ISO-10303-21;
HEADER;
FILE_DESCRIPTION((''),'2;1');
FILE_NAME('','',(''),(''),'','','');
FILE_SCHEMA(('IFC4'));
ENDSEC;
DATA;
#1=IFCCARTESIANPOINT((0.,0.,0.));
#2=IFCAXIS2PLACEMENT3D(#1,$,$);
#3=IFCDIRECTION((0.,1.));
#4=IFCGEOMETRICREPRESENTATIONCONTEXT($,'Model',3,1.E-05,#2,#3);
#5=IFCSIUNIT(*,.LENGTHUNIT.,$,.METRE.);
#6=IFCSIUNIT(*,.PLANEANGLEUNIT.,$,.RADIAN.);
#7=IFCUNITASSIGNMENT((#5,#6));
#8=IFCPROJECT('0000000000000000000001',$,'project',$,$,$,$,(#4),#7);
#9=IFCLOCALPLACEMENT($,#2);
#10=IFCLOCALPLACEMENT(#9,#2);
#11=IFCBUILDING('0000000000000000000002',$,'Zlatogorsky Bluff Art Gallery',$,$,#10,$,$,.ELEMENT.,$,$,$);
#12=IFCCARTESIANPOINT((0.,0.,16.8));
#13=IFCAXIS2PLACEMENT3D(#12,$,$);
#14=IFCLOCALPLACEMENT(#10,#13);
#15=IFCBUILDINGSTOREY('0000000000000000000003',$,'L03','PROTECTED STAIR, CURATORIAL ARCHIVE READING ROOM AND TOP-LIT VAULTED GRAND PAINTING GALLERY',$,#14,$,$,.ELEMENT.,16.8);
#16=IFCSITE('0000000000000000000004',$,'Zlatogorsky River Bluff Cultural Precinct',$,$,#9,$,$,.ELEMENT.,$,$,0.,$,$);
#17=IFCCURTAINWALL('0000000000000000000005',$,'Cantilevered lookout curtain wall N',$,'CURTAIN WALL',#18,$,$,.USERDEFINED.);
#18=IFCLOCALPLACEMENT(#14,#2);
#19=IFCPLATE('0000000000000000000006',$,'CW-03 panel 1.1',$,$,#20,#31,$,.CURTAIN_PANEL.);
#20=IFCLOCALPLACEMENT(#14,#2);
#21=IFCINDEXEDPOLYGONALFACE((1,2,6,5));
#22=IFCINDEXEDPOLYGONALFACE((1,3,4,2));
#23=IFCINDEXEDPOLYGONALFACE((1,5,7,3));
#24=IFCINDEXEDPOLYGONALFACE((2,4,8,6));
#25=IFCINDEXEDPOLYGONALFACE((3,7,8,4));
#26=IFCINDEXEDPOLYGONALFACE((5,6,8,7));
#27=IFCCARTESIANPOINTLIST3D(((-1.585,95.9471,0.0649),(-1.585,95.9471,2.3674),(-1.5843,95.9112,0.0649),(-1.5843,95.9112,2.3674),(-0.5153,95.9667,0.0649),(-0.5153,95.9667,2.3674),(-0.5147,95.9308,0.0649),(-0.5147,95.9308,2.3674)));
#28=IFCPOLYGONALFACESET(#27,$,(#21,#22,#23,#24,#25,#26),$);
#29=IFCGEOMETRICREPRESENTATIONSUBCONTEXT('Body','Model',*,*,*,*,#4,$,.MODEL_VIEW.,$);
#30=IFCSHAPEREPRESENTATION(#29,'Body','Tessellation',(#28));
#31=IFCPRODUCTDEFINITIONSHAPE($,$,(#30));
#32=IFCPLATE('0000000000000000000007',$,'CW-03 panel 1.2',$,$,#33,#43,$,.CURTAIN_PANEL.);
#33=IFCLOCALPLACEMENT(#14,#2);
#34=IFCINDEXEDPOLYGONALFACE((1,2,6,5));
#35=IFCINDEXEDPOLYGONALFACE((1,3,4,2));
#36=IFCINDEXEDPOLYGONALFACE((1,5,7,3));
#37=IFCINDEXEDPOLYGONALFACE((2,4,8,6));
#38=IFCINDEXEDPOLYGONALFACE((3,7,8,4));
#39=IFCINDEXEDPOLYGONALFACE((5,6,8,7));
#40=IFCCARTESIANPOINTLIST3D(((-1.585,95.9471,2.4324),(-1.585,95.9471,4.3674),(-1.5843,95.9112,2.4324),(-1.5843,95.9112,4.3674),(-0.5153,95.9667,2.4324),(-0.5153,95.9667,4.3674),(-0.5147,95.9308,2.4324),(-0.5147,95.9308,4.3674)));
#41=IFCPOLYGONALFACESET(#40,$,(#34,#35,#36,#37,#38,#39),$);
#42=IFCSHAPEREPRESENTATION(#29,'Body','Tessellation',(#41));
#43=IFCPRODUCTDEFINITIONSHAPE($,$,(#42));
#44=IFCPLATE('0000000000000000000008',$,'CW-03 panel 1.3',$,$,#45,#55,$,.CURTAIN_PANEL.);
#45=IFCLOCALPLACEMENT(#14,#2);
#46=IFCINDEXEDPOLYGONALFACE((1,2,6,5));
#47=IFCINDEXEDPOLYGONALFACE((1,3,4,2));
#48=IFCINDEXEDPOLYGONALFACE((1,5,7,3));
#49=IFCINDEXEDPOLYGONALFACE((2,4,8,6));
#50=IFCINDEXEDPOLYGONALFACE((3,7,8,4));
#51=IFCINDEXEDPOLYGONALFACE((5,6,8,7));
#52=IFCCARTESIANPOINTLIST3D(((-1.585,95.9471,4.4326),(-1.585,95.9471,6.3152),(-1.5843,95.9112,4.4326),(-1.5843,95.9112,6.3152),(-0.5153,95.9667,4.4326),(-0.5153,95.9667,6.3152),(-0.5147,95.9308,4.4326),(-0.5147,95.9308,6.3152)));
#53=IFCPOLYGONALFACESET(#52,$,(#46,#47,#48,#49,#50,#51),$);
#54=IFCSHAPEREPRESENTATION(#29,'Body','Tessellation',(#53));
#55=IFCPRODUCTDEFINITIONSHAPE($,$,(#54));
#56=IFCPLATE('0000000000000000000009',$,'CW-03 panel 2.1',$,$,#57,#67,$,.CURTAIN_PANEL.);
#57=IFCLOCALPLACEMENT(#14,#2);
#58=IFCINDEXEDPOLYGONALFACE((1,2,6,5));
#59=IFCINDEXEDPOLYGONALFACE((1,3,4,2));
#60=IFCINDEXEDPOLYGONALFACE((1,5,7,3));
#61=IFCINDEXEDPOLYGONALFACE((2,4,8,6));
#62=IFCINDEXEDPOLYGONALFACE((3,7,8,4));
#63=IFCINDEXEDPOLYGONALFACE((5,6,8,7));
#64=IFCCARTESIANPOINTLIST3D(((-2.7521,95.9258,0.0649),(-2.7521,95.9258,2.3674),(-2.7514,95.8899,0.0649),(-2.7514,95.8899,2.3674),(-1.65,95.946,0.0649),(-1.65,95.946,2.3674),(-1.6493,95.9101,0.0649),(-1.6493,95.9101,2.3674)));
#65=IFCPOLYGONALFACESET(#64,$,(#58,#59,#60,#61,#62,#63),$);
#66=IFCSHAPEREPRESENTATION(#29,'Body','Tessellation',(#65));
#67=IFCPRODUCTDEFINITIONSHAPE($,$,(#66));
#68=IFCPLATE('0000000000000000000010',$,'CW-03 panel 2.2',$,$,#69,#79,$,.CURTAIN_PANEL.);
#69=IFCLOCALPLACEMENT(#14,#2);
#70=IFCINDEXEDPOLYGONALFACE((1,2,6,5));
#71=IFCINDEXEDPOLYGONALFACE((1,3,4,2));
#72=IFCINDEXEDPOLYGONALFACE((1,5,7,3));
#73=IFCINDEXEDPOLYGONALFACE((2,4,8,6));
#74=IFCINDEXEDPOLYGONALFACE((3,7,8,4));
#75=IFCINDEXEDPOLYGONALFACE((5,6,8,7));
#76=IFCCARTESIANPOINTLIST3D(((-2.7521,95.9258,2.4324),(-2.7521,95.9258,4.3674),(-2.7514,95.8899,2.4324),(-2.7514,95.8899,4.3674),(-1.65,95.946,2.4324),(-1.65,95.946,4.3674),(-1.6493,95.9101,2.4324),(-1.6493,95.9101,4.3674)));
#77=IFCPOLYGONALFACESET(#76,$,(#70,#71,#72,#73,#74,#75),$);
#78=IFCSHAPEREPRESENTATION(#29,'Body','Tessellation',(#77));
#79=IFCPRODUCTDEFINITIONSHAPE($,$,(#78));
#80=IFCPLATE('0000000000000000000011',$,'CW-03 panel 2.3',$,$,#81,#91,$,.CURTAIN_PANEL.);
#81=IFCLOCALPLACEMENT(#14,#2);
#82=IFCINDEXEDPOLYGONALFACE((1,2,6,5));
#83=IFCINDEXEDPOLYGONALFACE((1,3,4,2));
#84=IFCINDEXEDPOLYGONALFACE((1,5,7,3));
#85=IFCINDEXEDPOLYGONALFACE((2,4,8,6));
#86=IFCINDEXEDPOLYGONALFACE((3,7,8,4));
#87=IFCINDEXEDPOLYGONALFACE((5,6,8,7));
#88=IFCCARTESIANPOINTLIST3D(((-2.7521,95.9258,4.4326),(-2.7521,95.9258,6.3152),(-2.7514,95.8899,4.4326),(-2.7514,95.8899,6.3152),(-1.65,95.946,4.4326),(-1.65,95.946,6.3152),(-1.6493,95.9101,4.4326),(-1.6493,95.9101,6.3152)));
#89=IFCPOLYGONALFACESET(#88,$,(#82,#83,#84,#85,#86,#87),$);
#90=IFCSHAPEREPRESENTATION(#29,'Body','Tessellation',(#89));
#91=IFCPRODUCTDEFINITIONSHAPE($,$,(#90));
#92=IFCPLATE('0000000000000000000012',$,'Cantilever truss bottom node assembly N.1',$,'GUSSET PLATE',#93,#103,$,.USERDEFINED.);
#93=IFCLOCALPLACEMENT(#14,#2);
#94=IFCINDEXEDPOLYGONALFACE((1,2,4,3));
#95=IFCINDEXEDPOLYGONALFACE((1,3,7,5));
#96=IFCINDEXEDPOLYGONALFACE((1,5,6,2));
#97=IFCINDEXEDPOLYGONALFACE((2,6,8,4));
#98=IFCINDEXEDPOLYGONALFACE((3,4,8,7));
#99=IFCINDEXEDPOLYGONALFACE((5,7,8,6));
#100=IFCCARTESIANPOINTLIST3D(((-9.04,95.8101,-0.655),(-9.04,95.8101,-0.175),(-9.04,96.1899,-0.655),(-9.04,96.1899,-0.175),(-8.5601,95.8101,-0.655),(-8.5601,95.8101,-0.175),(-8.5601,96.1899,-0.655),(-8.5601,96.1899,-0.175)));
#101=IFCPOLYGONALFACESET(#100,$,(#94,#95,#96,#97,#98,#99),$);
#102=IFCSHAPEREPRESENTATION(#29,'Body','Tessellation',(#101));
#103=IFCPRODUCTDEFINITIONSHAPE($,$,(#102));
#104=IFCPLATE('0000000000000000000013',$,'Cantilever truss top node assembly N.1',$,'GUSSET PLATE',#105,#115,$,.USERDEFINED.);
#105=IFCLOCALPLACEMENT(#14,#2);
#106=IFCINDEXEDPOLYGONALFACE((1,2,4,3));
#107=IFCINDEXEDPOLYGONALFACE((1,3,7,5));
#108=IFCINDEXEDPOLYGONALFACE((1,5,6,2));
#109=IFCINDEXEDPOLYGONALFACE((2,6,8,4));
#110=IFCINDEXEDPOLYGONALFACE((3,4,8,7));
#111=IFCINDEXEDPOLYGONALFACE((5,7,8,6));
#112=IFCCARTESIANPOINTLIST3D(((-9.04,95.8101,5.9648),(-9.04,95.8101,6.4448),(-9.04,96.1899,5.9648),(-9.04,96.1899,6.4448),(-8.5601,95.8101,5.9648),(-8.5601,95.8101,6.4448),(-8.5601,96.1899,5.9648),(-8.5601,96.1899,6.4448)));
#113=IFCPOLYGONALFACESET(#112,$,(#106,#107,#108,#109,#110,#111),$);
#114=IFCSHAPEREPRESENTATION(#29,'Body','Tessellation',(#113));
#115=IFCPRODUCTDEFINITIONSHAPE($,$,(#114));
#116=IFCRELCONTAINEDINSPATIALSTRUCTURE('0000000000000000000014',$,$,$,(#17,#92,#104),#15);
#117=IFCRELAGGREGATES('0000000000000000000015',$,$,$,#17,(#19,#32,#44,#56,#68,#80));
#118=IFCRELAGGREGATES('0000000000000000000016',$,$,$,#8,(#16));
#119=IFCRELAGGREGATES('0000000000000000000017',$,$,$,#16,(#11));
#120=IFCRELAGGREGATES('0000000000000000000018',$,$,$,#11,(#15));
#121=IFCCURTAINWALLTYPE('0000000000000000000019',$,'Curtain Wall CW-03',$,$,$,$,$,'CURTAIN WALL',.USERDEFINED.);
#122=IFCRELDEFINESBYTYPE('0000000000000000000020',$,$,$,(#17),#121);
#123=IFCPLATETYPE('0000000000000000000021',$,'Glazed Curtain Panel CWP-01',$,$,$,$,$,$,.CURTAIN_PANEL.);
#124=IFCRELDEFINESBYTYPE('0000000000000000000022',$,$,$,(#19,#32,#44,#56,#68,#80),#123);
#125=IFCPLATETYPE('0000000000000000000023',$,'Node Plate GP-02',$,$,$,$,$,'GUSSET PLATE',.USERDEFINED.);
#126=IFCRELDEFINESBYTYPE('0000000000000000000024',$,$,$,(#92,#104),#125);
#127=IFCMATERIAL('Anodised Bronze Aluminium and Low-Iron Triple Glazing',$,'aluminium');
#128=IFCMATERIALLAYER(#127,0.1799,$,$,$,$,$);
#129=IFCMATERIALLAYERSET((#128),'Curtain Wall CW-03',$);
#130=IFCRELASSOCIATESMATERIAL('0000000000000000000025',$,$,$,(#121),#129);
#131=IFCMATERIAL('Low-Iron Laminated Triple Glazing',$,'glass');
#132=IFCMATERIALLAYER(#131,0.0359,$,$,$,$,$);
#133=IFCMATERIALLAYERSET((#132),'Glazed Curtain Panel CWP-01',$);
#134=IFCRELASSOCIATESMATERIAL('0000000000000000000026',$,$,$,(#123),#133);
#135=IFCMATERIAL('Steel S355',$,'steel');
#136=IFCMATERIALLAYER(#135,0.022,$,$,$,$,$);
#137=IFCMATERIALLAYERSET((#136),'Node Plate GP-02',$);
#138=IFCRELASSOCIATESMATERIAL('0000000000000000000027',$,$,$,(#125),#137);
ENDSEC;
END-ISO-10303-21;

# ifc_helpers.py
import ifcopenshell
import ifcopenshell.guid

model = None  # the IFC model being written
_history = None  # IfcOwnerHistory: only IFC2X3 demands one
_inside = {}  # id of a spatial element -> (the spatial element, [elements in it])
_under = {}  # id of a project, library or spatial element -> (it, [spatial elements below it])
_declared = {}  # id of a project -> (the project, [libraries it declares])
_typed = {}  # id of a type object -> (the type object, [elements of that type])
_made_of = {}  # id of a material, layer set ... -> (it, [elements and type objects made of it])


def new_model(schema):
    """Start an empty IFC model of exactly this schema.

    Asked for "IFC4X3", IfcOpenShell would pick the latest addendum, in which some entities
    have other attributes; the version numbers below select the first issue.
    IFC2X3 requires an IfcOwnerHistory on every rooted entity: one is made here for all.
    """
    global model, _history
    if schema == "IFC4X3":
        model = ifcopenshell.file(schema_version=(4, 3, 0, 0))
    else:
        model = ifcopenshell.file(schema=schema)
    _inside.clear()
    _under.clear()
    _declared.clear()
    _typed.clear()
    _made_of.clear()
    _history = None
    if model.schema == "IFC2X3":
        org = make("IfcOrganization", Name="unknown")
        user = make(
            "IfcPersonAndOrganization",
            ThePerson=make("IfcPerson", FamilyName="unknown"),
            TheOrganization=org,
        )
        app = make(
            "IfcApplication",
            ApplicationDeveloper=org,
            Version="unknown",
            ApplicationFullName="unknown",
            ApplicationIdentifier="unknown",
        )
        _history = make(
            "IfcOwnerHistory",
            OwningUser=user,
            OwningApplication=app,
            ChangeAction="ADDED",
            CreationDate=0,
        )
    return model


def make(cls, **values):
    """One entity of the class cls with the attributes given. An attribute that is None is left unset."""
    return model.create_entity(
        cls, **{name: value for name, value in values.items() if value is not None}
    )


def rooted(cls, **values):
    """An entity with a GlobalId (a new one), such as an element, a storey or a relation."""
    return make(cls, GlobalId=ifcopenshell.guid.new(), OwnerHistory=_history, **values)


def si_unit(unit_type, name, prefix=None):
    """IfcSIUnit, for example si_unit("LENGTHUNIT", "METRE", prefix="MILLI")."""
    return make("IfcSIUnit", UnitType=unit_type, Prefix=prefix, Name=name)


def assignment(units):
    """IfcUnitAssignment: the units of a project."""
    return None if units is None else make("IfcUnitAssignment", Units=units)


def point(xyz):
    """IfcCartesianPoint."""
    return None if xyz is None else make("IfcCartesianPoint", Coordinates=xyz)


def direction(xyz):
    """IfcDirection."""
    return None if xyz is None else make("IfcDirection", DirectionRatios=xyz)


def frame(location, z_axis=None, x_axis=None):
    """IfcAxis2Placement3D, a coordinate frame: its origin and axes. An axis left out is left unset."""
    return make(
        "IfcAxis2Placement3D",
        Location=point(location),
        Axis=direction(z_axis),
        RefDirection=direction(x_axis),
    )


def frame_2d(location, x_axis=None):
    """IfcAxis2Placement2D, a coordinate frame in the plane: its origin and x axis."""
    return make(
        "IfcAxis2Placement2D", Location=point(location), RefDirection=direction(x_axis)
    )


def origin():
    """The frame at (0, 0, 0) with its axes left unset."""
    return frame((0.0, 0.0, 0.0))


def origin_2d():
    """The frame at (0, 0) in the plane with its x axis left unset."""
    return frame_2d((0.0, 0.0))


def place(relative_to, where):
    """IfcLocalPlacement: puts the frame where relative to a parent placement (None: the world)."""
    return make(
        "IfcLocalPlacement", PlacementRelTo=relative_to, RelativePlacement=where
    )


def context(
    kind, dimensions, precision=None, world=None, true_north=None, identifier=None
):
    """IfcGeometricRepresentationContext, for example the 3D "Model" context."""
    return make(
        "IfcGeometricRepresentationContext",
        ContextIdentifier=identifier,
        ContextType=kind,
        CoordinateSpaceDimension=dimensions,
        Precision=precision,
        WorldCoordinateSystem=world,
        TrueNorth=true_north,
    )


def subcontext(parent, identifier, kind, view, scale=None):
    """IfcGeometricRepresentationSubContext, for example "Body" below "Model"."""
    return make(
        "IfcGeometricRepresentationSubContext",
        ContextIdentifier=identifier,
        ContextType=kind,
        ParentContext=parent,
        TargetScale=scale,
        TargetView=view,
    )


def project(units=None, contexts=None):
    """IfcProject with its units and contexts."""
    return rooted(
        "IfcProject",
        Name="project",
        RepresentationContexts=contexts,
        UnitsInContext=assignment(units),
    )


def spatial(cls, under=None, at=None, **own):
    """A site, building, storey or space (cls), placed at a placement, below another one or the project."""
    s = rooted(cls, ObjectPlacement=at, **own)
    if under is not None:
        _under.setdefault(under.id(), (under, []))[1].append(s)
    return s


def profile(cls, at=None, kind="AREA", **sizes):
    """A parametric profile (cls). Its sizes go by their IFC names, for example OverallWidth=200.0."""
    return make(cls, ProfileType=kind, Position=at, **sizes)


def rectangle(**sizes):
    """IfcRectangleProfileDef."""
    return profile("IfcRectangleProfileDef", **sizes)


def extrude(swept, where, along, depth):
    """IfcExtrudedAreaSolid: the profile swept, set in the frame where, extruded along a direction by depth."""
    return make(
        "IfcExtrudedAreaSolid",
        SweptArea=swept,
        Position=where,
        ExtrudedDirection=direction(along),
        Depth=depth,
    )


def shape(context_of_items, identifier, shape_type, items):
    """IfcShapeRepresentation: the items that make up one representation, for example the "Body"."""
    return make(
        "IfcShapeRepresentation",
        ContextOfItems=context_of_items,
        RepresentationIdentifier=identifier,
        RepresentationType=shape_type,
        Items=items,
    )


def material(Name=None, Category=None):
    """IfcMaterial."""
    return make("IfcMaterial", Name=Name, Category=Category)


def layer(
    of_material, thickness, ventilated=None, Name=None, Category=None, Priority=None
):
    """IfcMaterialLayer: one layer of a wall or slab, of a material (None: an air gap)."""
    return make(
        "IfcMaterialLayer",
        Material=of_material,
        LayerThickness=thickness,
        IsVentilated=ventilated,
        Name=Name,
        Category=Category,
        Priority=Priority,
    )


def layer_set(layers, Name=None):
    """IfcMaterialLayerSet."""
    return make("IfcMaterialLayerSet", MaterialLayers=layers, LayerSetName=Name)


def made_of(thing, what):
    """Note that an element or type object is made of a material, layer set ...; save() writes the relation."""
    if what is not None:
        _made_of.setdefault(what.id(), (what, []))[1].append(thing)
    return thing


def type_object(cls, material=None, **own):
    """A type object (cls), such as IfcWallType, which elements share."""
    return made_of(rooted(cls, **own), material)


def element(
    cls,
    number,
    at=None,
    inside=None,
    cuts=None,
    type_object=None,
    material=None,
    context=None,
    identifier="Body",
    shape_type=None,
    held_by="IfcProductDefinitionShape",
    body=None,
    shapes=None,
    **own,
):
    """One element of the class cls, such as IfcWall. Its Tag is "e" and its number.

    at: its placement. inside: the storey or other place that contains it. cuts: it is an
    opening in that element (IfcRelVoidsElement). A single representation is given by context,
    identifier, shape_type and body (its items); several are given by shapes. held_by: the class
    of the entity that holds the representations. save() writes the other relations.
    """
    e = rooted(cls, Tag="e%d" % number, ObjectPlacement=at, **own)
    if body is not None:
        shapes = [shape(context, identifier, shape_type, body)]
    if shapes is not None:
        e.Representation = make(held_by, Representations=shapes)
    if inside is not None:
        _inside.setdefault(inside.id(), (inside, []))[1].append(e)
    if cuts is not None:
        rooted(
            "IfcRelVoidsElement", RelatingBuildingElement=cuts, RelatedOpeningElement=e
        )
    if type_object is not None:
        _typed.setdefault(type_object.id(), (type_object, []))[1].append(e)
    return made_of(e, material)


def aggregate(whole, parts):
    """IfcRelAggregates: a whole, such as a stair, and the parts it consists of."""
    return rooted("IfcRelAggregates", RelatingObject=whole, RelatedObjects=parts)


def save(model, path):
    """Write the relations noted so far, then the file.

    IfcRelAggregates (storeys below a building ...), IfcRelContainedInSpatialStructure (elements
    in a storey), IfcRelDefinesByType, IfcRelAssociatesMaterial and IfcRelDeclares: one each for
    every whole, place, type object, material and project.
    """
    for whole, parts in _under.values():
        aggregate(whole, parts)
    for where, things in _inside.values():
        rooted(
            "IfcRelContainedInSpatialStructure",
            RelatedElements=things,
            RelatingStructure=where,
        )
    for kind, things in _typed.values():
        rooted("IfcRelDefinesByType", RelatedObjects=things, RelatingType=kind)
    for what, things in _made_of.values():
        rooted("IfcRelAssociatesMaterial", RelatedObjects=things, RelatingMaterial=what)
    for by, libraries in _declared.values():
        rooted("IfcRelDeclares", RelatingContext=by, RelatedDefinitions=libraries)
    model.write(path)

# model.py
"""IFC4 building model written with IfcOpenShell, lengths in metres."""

from ifc_helpers import new_model, si_unit, direction, frame, origin, origin_2d, place, context, subcontext, project, spatial, rectangle, extrude, material, layer, layer_set, type_object, element, aggregate, save


model = new_model("IFC4")

# Units and contexts
model_context = context("Model", 3, precision=1e-05, world=origin(), true_north=direction((0.0, 1.0)))
body_context = subcontext(model_context, "Body", "Model", "MODEL_VIEW")
ifc_project = project(units=[si_unit("LENGTHUNIT", "METRE"), si_unit("PLANEANGLEUNIT", "RADIAN")], contexts=[model_context])

# Site, building, storey
site_placement = place(None, origin())
site = spatial("IfcSite", under=ifc_project, at=site_placement, Name="Zlatogorsky River Bluff Cultural Precinct", CompositionType="ELEMENT", RefElevation=0.0)
building_placement = place(site_placement, origin())
building = spatial("IfcBuilding", under=site, at=building_placement, Name="Zlatogorsky Bluff Art Gallery", CompositionType="ELEMENT")
storey_placement = place(building_placement, frame((0.0, 0.0, 16.8)))
storey = spatial("IfcBuildingStorey", under=building, at=storey_placement, Name="L03", Description="PROTECTED STAIR, CURATORIAL ARCHIVE READING ROOM AND TOP-LIT VAULTED GRAND PAINTING GALLERY", CompositionType="ELEMENT", Elevation=16.8)

# Curtain wall
ifc_material_1 = material(Name="Anodised Bronze Aluminium and Low-Iron Triple Glazing", Category="aluminium")
ifc_layer_1 = layer(ifc_material_1, 0.1799)
ifc_layer_set_1 = layer_set([ifc_layer_1], Name="Curtain Wall CW-03")
curtain_wall_type = type_object("IfcCurtainWallType", Name="Curtain Wall CW-03", ElementType="CURTAIN WALL", PredefinedType="USERDEFINED", material=ifc_layer_set_1)
curtain_wall_placement = place(storey_placement, origin())
curtain_wall = element("IfcCurtainWall", 1, at=curtain_wall_placement, inside=storey, type_object=curtain_wall_type, Name="Cantilevered lookout curtain wall N", ObjectType="CURTAIN WALL", PredefinedType="USERDEFINED")

# Shared definitions
ifc_material_2 = material(Name="Steel S355", Category="steel")

# Plates
ifc_material_3 = material(Name="Low-Iron Laminated Triple Glazing", Category="glass")
ifc_layer_2 = layer(ifc_material_3, 0.0359)
ifc_layer_set_2 = layer_set([ifc_layer_2], Name="Glazed Curtain Panel CWP-01")
plate_type_1 = type_object("IfcPlateType", Name="Glazed Curtain Panel CWP-01", PredefinedType="CURTAIN_PANEL", material=ifc_layer_set_2)
plate_1_placement = place(storey_placement, frame((-1.0498, 95.939, 0.0649), z_axis=(0.0, 0.0, 1.0), x_axis=(-0.999832, -0.018357, 0.0)))
plate_1 = element("IfcPlate", 2, at=plate_1_placement, type_object=plate_type_1, Name="CW-03 panel 1.1", PredefinedType="CURTAIN_PANEL", context=body_context, shape_type="SweptSolid", body=[
    extrude(rectangle(XDim=1.0698, YDim=0.0359, at=origin_2d()), origin(), (0.0, 0.0, 1.0), 2.3025),
])
plate_2_placement = place(storey_placement, frame((-1.0498, 95.939, 2.4324), z_axis=(0.0, 0.0, 1.0), x_axis=(-0.999832, -0.018357, 0.0)))
plate_2 = element("IfcPlate", 3, at=plate_2_placement, type_object=plate_type_1, Name="CW-03 panel 1.2", PredefinedType="CURTAIN_PANEL", context=body_context, shape_type="SweptSolid", body=[
    extrude(rectangle(XDim=1.0698, YDim=0.0359, at=origin_2d()), origin(), (0.0, 0.0, 1.0), 1.9351),
])
plate_3_placement = place(storey_placement, frame((-1.0498, 95.939, 4.4326), z_axis=(0.0, 0.0, 1.0), x_axis=(-0.999832, -0.018357, 0.0)))
plate_3 = element("IfcPlate", 4, at=plate_3_placement, type_object=plate_type_1, Name="CW-03 panel 1.3", PredefinedType="CURTAIN_PANEL", context=body_context, shape_type="SweptSolid", body=[
    extrude(rectangle(XDim=1.0698, YDim=0.0359, at=origin_2d()), origin(), (0.0, 0.0, 1.0), 1.8826),
])
plate_4_placement = place(storey_placement, frame((-2.2007, 95.918, 0.0649), z_axis=(0.0, 0.0, 1.0), x_axis=(-0.999832, -0.018357, 0.0)))
plate_4 = element("IfcPlate", 5, at=plate_4_placement, type_object=plate_type_1, Name="CW-03 panel 2.1", PredefinedType="CURTAIN_PANEL", context=body_context, shape_type="SweptSolid", body=[
    extrude(rectangle(XDim=1.1023, YDim=0.0359, at=origin_2d()), origin(), (0.0, 0.0, 1.0), 2.3025),
])
plate_5_placement = place(storey_placement, frame((-2.2007, 95.918, 2.4324), z_axis=(0.0, 0.0, 1.0), x_axis=(-0.999832, -0.018357, 0.0)))
plate_5 = element("IfcPlate", 6, at=plate_5_placement, type_object=plate_type_1, Name="CW-03 panel 2.2", PredefinedType="CURTAIN_PANEL", context=body_context, shape_type="SweptSolid", body=[
    extrude(rectangle(XDim=1.1023, YDim=0.0359, at=origin_2d()), origin(), (0.0, 0.0, 1.0), 1.9351),
])
plate_6_placement = place(storey_placement, frame((-2.2007, 95.918, 4.4326), z_axis=(0.0, 0.0, 1.0), x_axis=(-0.999832, -0.018357, 0.0)))
plate_6 = element("IfcPlate", 7, at=plate_6_placement, type_object=plate_type_1, Name="CW-03 panel 2.3", PredefinedType="CURTAIN_PANEL", context=body_context, shape_type="SweptSolid", body=[
    extrude(rectangle(XDim=1.1023, YDim=0.0359, at=origin_2d()), origin(), (0.0, 0.0, 1.0), 1.8826),
])
aggregate(curtain_wall, [plate_1, plate_2, plate_3, plate_4, plate_5, plate_6])

# Plates
ifc_layer_3 = layer(ifc_material_2, 0.022)
ifc_layer_set_3 = layer_set([ifc_layer_3], Name="Node Plate GP-02")
plate_type_2 = type_object("IfcPlateType", Name="Node Plate GP-02", ElementType="GUSSET PLATE", PredefinedType="USERDEFINED", material=ifc_layer_set_3)
for number, where, z_axis, x_axis, name in (
    (8, (-8.8, 96.0, -0.655), (0.0, 0.0, 1.0), (1.0, 0.0, 0.0), "Cantilever truss bottom node assembly N.1"),
    (9, (-8.8, 96.0, 5.9648), (0.0, 0.0, 1.0), (1.0, 0.0, 0.0), "Cantilever truss top node assembly N.1"),
):
    element("IfcPlate", number, at=place(storey_placement, frame(where, z_axis=z_axis, x_axis=x_axis)), inside=storey, type_object=plate_type_2, Name=name, ObjectType="GUSSET PLATE", PredefinedType="USERDEFINED", context=body_context, shape_type="SweptSolid", body=[
        extrude(rectangle(XDim=0.48, YDim=0.3799, at=origin_2d()), origin(), (0.0, 0.0, 1.0), 0.48),
    ])

save(model, "model.ifc")
